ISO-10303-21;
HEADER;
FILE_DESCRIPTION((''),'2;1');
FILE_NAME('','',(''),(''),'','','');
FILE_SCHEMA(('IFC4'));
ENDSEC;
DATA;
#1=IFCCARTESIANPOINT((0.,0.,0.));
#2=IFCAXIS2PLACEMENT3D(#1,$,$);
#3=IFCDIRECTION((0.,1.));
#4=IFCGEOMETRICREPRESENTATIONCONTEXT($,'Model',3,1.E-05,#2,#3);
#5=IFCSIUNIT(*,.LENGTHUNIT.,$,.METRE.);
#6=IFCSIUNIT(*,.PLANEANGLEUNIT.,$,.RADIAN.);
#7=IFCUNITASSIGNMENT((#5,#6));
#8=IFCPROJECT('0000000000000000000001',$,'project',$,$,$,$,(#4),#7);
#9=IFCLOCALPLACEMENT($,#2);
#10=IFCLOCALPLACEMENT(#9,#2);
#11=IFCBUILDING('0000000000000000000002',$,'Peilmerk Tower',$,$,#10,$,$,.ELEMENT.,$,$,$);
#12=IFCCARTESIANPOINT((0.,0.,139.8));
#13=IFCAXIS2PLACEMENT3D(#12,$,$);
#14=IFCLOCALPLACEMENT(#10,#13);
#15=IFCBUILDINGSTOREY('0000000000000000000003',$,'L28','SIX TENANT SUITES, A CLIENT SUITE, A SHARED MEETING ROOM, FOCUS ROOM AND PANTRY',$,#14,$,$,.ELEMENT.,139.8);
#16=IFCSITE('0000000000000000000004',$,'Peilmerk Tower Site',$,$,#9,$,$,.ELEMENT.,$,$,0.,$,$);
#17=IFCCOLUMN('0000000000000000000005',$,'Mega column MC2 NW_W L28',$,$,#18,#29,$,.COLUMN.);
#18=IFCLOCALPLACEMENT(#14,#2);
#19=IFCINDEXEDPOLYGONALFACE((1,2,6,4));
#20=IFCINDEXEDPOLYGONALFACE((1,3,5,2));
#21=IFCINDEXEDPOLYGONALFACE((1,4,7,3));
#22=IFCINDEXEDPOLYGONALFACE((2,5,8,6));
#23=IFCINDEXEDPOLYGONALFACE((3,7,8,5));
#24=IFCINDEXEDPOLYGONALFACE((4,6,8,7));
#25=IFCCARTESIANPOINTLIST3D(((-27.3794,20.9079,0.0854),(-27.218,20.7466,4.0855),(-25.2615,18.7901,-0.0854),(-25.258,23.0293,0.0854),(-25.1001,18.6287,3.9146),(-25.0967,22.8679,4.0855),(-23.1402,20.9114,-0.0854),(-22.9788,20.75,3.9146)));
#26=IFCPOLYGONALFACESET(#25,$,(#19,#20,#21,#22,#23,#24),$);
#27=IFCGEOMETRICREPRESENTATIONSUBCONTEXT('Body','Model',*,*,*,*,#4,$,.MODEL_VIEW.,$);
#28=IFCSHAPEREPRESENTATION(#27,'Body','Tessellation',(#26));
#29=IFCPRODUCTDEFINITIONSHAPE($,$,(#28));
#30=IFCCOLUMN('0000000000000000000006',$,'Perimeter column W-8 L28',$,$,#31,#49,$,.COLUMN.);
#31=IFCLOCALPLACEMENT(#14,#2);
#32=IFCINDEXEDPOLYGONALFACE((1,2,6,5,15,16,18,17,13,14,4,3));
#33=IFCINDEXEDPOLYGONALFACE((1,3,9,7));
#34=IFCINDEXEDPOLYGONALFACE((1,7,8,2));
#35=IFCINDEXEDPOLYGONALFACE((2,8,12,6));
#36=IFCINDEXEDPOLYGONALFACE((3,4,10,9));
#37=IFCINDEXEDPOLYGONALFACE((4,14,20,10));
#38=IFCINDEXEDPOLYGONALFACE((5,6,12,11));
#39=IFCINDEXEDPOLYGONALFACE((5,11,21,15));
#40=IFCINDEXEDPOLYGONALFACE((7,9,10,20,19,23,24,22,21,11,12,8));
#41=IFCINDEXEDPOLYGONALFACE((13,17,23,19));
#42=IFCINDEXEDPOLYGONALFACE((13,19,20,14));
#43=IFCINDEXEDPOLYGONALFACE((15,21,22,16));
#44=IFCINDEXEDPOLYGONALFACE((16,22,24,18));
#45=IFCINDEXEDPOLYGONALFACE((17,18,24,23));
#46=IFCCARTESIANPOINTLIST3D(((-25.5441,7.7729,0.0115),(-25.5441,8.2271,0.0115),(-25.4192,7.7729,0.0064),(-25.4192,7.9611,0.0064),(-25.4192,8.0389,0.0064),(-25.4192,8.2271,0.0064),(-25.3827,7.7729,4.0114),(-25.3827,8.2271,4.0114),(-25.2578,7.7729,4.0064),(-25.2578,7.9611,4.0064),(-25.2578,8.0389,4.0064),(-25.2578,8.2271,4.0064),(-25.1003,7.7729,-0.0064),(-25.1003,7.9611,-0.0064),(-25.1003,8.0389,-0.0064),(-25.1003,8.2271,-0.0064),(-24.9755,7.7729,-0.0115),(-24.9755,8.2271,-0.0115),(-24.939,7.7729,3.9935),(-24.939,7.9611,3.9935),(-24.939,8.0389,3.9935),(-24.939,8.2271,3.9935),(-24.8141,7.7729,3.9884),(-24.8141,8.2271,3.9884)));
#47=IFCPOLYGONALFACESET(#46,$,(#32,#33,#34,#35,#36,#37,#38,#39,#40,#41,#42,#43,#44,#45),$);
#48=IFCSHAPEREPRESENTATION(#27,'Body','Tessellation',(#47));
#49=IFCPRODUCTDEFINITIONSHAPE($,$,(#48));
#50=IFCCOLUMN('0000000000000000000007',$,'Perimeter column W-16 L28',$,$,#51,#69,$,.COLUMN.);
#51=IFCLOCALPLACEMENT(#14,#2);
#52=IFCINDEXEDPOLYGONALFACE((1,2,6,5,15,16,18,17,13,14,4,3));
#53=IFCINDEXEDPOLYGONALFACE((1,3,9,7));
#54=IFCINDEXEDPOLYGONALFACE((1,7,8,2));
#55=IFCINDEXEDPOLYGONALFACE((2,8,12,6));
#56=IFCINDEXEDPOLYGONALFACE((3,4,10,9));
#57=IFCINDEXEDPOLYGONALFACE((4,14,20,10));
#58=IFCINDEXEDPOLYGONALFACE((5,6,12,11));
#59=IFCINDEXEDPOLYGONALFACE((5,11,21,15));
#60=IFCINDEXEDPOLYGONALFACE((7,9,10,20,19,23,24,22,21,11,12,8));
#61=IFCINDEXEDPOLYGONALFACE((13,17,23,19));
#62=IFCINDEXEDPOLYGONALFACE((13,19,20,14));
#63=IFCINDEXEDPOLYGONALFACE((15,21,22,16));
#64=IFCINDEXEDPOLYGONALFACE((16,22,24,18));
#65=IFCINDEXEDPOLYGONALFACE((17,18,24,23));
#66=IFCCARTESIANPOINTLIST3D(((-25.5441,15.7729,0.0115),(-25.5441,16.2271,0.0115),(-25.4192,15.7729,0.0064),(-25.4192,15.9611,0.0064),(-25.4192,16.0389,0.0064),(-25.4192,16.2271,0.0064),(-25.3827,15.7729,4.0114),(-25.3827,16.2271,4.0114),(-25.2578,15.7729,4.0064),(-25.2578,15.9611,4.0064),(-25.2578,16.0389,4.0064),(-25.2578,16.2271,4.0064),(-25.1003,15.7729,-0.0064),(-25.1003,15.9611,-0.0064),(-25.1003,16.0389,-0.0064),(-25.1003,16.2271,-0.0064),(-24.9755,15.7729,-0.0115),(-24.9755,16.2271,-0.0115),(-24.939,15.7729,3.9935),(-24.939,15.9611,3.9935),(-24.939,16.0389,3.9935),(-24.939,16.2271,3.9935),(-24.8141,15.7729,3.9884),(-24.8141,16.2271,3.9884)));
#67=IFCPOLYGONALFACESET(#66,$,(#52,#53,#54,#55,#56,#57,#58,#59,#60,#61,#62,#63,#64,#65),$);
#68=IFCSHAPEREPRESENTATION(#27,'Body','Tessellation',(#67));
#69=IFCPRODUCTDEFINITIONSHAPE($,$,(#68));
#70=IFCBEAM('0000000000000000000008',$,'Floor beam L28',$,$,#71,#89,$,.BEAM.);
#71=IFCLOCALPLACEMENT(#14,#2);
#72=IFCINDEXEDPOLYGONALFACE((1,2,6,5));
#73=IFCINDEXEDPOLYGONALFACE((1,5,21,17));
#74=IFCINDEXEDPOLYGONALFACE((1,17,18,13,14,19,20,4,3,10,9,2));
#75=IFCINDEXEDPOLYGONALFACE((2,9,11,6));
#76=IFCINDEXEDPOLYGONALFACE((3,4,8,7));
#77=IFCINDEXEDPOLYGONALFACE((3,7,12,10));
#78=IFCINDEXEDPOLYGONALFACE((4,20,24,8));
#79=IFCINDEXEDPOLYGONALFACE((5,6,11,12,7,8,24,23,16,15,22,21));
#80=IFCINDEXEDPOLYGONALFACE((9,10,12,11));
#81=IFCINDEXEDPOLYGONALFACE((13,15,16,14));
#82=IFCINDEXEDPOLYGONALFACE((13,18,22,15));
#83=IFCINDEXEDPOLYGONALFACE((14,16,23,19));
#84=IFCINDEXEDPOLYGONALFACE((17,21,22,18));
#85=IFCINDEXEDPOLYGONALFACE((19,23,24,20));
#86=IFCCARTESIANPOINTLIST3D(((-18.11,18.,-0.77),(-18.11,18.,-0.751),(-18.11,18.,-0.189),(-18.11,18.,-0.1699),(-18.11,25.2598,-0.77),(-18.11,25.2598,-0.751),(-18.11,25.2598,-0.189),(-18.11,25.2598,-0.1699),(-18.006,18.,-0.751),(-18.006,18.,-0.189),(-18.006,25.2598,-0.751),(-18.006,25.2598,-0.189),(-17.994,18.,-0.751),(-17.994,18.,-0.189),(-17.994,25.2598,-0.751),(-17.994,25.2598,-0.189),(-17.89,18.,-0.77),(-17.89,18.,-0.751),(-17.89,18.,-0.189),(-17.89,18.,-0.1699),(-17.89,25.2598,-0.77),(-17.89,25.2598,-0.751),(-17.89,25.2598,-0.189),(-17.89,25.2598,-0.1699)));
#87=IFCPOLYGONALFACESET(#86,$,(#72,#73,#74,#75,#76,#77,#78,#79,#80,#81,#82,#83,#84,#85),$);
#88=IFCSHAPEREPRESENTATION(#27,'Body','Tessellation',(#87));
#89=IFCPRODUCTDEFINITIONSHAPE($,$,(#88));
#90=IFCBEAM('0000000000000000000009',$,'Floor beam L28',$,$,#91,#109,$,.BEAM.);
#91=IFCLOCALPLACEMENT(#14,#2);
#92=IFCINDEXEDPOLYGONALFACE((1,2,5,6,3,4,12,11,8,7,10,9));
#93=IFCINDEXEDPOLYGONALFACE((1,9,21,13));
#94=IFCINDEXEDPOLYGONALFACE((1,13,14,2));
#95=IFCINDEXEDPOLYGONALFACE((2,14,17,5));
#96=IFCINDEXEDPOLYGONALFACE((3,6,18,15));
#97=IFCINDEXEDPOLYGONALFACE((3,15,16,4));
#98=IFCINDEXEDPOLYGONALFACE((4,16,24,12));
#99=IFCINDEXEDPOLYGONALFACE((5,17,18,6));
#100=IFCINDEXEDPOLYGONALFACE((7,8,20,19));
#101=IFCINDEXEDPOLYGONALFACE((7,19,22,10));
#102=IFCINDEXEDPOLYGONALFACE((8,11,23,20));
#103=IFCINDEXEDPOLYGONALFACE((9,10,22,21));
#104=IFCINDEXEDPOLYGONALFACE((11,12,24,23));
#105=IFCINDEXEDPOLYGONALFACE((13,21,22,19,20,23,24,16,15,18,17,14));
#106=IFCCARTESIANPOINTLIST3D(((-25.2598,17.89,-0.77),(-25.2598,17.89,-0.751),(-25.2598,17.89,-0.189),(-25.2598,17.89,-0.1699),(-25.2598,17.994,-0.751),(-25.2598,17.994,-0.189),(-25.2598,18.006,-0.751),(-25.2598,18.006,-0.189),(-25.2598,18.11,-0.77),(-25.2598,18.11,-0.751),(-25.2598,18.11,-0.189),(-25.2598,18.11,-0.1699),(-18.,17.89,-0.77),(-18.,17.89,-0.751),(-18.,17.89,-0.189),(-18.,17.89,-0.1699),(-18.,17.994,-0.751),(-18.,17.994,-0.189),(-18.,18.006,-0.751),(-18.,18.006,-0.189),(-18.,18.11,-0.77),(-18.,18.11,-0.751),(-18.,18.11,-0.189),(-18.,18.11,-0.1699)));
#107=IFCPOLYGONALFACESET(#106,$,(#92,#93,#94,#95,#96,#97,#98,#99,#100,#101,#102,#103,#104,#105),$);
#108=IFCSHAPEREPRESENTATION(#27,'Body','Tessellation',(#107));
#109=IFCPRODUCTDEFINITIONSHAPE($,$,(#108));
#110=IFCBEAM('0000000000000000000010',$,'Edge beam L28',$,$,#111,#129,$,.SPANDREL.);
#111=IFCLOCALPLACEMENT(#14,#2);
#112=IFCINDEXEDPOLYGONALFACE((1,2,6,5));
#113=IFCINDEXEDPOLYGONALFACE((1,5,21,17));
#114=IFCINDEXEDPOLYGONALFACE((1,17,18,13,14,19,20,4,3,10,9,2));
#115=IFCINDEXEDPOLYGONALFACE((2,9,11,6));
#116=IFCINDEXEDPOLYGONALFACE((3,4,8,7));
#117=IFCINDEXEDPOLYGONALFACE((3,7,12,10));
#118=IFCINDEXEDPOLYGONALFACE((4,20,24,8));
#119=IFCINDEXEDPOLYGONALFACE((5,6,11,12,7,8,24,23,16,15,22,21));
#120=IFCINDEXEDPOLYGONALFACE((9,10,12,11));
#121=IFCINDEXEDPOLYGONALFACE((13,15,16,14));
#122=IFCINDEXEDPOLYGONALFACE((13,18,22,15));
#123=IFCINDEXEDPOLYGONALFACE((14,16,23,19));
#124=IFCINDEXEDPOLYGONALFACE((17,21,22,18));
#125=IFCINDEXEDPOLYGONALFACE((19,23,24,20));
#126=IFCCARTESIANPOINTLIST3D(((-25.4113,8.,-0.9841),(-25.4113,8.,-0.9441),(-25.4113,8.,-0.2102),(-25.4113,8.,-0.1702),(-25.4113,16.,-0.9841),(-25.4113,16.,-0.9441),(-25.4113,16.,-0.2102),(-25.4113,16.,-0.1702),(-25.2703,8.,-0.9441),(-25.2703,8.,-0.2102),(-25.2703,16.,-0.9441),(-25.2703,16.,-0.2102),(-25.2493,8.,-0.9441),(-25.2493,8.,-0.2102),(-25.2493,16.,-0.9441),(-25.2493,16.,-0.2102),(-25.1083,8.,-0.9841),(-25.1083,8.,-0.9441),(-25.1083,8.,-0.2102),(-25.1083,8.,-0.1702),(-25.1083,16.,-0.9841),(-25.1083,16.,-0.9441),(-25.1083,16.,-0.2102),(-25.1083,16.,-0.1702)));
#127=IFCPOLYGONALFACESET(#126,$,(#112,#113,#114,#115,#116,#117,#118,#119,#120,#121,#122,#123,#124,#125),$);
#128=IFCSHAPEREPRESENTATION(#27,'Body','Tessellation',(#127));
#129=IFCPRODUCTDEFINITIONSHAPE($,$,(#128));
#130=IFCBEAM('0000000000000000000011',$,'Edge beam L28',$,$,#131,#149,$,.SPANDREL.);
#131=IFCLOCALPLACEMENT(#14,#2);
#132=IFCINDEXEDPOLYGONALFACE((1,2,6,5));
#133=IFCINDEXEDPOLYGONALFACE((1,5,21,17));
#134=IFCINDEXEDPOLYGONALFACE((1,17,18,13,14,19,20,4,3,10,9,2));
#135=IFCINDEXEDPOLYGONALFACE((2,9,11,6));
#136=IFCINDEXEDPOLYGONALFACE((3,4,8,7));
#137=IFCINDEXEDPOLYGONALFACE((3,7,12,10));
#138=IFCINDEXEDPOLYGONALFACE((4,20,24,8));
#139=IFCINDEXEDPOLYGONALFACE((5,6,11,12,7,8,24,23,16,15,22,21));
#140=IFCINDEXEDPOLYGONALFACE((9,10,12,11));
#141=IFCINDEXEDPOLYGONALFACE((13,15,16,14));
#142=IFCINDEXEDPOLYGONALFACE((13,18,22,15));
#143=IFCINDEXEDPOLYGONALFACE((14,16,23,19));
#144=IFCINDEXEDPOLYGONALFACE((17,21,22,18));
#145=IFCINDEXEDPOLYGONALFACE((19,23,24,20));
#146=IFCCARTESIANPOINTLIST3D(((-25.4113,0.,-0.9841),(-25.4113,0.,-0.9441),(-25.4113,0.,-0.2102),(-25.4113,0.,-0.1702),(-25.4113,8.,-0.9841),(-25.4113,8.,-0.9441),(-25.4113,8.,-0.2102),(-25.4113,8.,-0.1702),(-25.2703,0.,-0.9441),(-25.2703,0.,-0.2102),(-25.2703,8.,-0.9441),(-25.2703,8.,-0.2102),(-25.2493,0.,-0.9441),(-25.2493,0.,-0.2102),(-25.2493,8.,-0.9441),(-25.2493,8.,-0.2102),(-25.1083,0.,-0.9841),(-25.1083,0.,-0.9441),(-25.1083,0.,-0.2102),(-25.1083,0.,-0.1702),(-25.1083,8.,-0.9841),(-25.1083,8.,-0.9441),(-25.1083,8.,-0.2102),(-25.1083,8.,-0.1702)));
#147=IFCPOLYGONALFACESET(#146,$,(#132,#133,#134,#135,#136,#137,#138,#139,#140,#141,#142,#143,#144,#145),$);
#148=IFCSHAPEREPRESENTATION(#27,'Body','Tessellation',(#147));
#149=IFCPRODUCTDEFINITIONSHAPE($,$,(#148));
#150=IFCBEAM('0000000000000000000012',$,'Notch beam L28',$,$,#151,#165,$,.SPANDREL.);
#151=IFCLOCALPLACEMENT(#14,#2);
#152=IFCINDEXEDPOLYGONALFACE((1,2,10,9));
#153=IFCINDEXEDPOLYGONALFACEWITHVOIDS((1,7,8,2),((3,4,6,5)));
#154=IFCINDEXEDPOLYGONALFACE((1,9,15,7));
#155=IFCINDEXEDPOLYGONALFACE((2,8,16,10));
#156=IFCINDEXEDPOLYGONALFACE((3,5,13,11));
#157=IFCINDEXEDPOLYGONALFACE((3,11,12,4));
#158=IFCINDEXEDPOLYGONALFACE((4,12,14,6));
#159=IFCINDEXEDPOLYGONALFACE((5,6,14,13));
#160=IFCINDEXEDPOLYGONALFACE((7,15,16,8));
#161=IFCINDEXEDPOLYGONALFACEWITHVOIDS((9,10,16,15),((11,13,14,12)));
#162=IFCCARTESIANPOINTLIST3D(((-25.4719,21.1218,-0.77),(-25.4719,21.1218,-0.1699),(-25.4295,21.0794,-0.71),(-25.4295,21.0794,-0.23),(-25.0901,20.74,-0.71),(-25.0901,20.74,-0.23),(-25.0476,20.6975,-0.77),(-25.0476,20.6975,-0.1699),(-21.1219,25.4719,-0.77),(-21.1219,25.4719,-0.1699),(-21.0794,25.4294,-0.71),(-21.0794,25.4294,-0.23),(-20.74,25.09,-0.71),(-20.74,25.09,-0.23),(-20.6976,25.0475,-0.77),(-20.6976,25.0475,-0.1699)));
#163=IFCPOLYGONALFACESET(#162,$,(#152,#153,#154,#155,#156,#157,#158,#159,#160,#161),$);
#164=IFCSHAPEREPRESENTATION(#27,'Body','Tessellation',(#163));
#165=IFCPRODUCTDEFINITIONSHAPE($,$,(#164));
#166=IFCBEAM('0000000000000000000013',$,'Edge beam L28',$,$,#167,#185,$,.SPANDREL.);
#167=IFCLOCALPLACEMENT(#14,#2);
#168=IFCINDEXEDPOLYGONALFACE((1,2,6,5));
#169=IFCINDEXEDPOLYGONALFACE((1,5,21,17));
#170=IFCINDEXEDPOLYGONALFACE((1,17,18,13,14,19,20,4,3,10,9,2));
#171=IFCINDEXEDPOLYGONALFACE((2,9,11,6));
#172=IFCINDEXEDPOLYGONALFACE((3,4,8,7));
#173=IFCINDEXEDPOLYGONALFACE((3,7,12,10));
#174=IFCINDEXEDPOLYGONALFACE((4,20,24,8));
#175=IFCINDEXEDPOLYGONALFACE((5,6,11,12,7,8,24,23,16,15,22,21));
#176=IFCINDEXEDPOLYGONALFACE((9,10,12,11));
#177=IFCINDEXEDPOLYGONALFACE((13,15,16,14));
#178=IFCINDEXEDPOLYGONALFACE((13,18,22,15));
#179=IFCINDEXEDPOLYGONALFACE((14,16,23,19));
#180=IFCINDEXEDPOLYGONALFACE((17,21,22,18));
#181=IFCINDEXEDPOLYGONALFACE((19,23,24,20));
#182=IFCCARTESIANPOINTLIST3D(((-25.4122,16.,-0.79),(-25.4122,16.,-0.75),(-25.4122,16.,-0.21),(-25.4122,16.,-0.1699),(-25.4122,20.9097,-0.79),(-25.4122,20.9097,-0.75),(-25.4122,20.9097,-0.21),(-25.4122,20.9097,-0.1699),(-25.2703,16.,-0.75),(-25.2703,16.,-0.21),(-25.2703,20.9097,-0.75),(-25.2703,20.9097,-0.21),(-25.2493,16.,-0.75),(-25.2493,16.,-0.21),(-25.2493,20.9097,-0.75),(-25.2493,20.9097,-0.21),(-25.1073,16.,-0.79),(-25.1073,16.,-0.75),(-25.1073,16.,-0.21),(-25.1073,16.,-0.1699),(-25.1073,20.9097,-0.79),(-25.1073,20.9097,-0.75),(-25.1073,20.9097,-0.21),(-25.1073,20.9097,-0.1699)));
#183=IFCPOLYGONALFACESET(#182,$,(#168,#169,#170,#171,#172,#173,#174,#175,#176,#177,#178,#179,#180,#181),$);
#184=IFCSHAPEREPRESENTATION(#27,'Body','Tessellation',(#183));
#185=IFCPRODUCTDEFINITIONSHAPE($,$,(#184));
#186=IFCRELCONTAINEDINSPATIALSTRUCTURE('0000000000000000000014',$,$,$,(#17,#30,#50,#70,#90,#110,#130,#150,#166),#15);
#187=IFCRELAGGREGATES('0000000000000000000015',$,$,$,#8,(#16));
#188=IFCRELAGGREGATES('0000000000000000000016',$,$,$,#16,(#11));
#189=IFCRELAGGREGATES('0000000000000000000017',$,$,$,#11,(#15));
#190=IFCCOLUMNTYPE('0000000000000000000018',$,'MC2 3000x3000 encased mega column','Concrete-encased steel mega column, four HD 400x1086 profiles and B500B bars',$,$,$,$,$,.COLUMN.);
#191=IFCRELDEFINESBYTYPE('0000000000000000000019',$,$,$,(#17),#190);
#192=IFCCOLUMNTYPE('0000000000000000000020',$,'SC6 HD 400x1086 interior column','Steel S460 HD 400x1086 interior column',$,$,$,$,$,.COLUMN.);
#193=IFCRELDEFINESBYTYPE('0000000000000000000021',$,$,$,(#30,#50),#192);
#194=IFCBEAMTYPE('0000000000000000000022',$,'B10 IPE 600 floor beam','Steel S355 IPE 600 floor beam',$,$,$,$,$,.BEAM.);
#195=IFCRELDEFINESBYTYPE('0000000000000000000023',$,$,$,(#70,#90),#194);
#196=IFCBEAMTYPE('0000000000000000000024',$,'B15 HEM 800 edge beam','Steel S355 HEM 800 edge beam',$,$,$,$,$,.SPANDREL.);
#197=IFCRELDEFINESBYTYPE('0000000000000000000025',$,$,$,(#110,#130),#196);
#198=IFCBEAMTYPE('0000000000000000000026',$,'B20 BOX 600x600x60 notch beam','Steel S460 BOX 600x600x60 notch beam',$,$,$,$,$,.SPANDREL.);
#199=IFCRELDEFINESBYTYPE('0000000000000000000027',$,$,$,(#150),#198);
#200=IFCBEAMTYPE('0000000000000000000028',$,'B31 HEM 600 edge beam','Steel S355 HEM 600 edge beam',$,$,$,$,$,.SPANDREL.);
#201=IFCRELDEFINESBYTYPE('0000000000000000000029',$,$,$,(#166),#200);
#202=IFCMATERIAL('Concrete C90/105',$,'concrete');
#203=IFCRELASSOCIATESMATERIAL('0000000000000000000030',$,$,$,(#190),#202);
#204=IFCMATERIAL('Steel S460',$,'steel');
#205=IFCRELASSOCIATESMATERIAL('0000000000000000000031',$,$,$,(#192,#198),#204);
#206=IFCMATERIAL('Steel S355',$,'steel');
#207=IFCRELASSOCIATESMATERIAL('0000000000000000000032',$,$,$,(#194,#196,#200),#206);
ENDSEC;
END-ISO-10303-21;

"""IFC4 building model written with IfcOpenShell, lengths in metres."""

from ifc_helpers import new_model, si_unit, direction, frame, origin, origin_2d, place, context, subcontext, project, spatial, rectangle, hollow_rectangle, i_section, extrude, material, material_profile, profile_set, type_object, element, save


model = new_model("IFC4")

# Units and contexts
model_context = context("Model", 3, precision=1e-05, world=origin(), true_north=direction((0.0, 1.0)))
body_context = subcontext(model_context, "Body", "Model", "MODEL_VIEW")
ifc_project = project(units=[si_unit("LENGTHUNIT", "METRE"), si_unit("PLANEANGLEUNIT", "RADIAN")], contexts=[model_context])

# Site, building, storey
site_placement = place(None, origin())
site = spatial("IfcSite", under=ifc_project, at=site_placement, Name="Peilmerk Tower Site", CompositionType="ELEMENT", RefElevation=0.0)
building_placement = place(site_placement, origin())
building = spatial("IfcBuilding", under=site, at=building_placement, Name="Peilmerk Tower", CompositionType="ELEMENT")
storey_placement = place(building_placement, frame((0.0, 0.0, 139.8)))
storey = spatial("IfcBuildingStorey", under=building, at=storey_placement, Name="L28", Description="SIX TENANT SUITES, A CLIENT SUITE, A SHARED MEETING ROOM, FOCUS ROOM AND PANTRY", CompositionType="ELEMENT", Elevation=139.8)

# Columns
ifc_material_1 = material(Name="Concrete C90/105", Category="concrete")
ifc_material_profile_1 = material_profile(ifc_material_1, rectangle(XDim=3.0, YDim=3.0, at=origin_2d()), Name="RC 3000x3000")
ifc_profile_set_1 = profile_set([ifc_material_profile_1], Name="Concrete C90/105")
column_type_1 = type_object("IfcColumnType", Name="MC2 3000x3000 encased mega column", Description="Concrete-encased steel mega column, four HD 400x1086 profiles and B500B bars", PredefinedType="COLUMN", material=ifc_profile_set_1)
column_placement = place(storey_placement, frame((-25.2598, 20.9097, 0.0), z_axis=(0.040279, -0.040279, 0.998376), x_axis=(0.707107, 0.707107, 0.0)))
element("IfcColumn", 1, at=column_placement, inside=storey, type_object=column_type_1, Name="Mega column MC2 NW_W L28", PredefinedType="COLUMN", context=body_context, shape_type="SweptSolid", body=[
    extrude(rectangle(XDim=3.0, YDim=3.0, at=origin_2d()), origin(), (0.0, 0.0, 1.0), 4.0066),
])
ifc_material_2 = material(Name="Steel S460", Category="steel")
ifc_material_profile_2 = material_profile(ifc_material_2, i_section(OverallWidth=0.4541, OverallDepth=0.5691, WebThickness=0.0779, FlangeThickness=0.125, at=origin_2d()), Name="HD 400x1086")
ifc_profile_set_2 = profile_set([ifc_material_profile_2], Name="Steel S460")
column_type_2 = type_object("IfcColumnType", Name="SC6 HD 400x1086 interior column", Description="Steel S460 HD 400x1086 interior column", PredefinedType="COLUMN", material=ifc_profile_set_2)
for number, where, z_axis, x_axis, name in (
    (2, (-25.2598, 8.0, 0.0), (0.040311, 0.0, 0.999187), (0.0, 1.0, 0.0), "Perimeter column W-8 L28"),
    (3, (-25.2598, 16.0, 0.0), (0.040311, 0.0, 0.999187), (0.0, 1.0, 0.0), "Perimeter column W-16 L28"),
):
    element("IfcColumn", number, at=place(storey_placement, frame(where, z_axis=z_axis, x_axis=x_axis)), inside=storey, type_object=column_type_2, Name=name, PredefinedType="COLUMN", context=body_context, shape_type="SweptSolid", body=[
        extrude(i_section(OverallWidth=0.4541, OverallDepth=0.5691, WebThickness=0.0779, FlangeThickness=0.125, at=origin_2d()), origin(), (0.0, 0.0, 1.0), 4.0032),
    ])

# Beams
ifc_material_3 = material(Name="Steel S355", Category="steel")
ifc_material_profile_3 = material_profile(ifc_material_3, i_section(OverallWidth=0.22, OverallDepth=0.6001, WebThickness=0.012, FlangeThickness=0.019, at=origin_2d()), Name="IPE 600")
ifc_profile_set_3 = profile_set([ifc_material_profile_3], Name="Steel S355")
beam_type_1 = type_object("IfcBeamType", Name="B10 IPE 600 floor beam", Description="Steel S355 IPE 600 floor beam", PredefinedType="BEAM", material=ifc_profile_set_3)
for number, where, z_axis, x_axis, name in (
    (4, (-18.0, 18.0, -0.47), (0.0, 1.0, 0.0), (-1.0, 0.0, 0.0), "Floor beam L28"),
    (5, (-18.0, 18.0, -0.47), (-1.0, 0.0, 0.0), (0.0, -1.0, 0.0), "Floor beam L28"),
):
    element("IfcBeam", number, at=place(storey_placement, frame(where, z_axis=z_axis, x_axis=x_axis)), inside=storey, type_object=beam_type_1, Name=name, PredefinedType="BEAM", context=body_context, shape_type="SweptSolid", body=[
        extrude(i_section(OverallWidth=0.22, OverallDepth=0.6001, WebThickness=0.012, FlangeThickness=0.019, at=origin_2d()), origin(), (0.0, 0.0, 1.0), 7.2598),
    ])
ifc_material_profile_4 = material_profile(ifc_material_3, i_section(OverallWidth=0.303, OverallDepth=0.814, WebThickness=0.021, FlangeThickness=0.04, at=origin_2d()), Name="HEM 800")
ifc_profile_set_4 = profile_set([ifc_material_profile_4], Name="Steel S355")
beam_type_2 = type_object("IfcBeamType", Name="B15 HEM 800 edge beam", Description="Steel S355 HEM 800 edge beam", PredefinedType="SPANDREL", material=ifc_profile_set_4)
for number, where, z_axis, x_axis, name in (
    (6, (-25.2598, 16.0, -0.5771), (0.0, -1.0, 0.0), (1.0, 0.0, 0.0), "Edge beam L28"),
    (7, (-25.2598, 8.0, -0.5771), (0.0, -1.0, 0.0), (1.0, 0.0, 0.0), "Edge beam L28"),
):
    element("IfcBeam", number, at=place(storey_placement, frame(where, z_axis=z_axis, x_axis=x_axis)), inside=storey, type_object=beam_type_2, Name=name, PredefinedType="SPANDREL", context=body_context, shape_type="SweptSolid", body=[
        extrude(i_section(OverallWidth=0.303, OverallDepth=0.814, WebThickness=0.021, FlangeThickness=0.04, at=origin_2d()), origin(), (0.0, 0.0, 1.0), 8.0),
    ])
ifc_material_profile_5 = material_profile(ifc_material_2, hollow_rectangle(XDim=0.6001, YDim=0.6001, WallThickness=0.0601, at=origin_2d()), Name="BOX 600x600x60")
ifc_profile_set_5 = profile_set([ifc_material_profile_5], Name="Steel S460")
beam_type_3 = type_object("IfcBeamType", Name="B20 BOX 600x600x60 notch beam", Description="Steel S460 BOX 600x600x60 notch beam", PredefinedType="SPANDREL", material=ifc_profile_set_5)
beam_1_placement = place(storey_placement, frame((-25.2598, 20.9097, -0.47), z_axis=(0.707107, 0.707107, 0.0), x_axis=(-0.707107, 0.707107, 0.0)))
element("IfcBeam", 8, at=beam_1_placement, inside=storey, type_object=beam_type_3, Name="Notch beam L28", PredefinedType="SPANDREL", context=body_context, shape_type="SweptSolid", body=[
    extrude(hollow_rectangle(XDim=0.6001, YDim=0.6001, WallThickness=0.0601, at=origin_2d()), origin(), (0.0, 0.0, 1.0), 6.1519),
])
ifc_material_profile_6 = material_profile(ifc_material_3, i_section(OverallWidth=0.3049, OverallDepth=0.6201, WebThickness=0.021, FlangeThickness=0.04, at=origin_2d()), Name="HEM 600")
ifc_profile_set_6 = profile_set([ifc_material_profile_6], Name="Steel S355")
beam_type_4 = type_object("IfcBeamType", Name="B31 HEM 600 edge beam", Description="Steel S355 HEM 600 edge beam", PredefinedType="SPANDREL", material=ifc_profile_set_6)
beam_2_placement = place(storey_placement, frame((-25.2598, 20.9097, -0.48), z_axis=(0.0, -1.0, 0.0), x_axis=(1.0, 0.0, 0.0)))
element("IfcBeam", 9, at=beam_2_placement, inside=storey, type_object=beam_type_4, Name="Edge beam L28", PredefinedType="SPANDREL", context=body_context, shape_type="SweptSolid", body=[
    extrude(i_section(OverallWidth=0.3049, OverallDepth=0.6201, WebThickness=0.021, FlangeThickness=0.04, at=origin_2d()), origin(), (0.0, 0.0, 1.0), 4.9097),
])

save(model, "model.ifc")
